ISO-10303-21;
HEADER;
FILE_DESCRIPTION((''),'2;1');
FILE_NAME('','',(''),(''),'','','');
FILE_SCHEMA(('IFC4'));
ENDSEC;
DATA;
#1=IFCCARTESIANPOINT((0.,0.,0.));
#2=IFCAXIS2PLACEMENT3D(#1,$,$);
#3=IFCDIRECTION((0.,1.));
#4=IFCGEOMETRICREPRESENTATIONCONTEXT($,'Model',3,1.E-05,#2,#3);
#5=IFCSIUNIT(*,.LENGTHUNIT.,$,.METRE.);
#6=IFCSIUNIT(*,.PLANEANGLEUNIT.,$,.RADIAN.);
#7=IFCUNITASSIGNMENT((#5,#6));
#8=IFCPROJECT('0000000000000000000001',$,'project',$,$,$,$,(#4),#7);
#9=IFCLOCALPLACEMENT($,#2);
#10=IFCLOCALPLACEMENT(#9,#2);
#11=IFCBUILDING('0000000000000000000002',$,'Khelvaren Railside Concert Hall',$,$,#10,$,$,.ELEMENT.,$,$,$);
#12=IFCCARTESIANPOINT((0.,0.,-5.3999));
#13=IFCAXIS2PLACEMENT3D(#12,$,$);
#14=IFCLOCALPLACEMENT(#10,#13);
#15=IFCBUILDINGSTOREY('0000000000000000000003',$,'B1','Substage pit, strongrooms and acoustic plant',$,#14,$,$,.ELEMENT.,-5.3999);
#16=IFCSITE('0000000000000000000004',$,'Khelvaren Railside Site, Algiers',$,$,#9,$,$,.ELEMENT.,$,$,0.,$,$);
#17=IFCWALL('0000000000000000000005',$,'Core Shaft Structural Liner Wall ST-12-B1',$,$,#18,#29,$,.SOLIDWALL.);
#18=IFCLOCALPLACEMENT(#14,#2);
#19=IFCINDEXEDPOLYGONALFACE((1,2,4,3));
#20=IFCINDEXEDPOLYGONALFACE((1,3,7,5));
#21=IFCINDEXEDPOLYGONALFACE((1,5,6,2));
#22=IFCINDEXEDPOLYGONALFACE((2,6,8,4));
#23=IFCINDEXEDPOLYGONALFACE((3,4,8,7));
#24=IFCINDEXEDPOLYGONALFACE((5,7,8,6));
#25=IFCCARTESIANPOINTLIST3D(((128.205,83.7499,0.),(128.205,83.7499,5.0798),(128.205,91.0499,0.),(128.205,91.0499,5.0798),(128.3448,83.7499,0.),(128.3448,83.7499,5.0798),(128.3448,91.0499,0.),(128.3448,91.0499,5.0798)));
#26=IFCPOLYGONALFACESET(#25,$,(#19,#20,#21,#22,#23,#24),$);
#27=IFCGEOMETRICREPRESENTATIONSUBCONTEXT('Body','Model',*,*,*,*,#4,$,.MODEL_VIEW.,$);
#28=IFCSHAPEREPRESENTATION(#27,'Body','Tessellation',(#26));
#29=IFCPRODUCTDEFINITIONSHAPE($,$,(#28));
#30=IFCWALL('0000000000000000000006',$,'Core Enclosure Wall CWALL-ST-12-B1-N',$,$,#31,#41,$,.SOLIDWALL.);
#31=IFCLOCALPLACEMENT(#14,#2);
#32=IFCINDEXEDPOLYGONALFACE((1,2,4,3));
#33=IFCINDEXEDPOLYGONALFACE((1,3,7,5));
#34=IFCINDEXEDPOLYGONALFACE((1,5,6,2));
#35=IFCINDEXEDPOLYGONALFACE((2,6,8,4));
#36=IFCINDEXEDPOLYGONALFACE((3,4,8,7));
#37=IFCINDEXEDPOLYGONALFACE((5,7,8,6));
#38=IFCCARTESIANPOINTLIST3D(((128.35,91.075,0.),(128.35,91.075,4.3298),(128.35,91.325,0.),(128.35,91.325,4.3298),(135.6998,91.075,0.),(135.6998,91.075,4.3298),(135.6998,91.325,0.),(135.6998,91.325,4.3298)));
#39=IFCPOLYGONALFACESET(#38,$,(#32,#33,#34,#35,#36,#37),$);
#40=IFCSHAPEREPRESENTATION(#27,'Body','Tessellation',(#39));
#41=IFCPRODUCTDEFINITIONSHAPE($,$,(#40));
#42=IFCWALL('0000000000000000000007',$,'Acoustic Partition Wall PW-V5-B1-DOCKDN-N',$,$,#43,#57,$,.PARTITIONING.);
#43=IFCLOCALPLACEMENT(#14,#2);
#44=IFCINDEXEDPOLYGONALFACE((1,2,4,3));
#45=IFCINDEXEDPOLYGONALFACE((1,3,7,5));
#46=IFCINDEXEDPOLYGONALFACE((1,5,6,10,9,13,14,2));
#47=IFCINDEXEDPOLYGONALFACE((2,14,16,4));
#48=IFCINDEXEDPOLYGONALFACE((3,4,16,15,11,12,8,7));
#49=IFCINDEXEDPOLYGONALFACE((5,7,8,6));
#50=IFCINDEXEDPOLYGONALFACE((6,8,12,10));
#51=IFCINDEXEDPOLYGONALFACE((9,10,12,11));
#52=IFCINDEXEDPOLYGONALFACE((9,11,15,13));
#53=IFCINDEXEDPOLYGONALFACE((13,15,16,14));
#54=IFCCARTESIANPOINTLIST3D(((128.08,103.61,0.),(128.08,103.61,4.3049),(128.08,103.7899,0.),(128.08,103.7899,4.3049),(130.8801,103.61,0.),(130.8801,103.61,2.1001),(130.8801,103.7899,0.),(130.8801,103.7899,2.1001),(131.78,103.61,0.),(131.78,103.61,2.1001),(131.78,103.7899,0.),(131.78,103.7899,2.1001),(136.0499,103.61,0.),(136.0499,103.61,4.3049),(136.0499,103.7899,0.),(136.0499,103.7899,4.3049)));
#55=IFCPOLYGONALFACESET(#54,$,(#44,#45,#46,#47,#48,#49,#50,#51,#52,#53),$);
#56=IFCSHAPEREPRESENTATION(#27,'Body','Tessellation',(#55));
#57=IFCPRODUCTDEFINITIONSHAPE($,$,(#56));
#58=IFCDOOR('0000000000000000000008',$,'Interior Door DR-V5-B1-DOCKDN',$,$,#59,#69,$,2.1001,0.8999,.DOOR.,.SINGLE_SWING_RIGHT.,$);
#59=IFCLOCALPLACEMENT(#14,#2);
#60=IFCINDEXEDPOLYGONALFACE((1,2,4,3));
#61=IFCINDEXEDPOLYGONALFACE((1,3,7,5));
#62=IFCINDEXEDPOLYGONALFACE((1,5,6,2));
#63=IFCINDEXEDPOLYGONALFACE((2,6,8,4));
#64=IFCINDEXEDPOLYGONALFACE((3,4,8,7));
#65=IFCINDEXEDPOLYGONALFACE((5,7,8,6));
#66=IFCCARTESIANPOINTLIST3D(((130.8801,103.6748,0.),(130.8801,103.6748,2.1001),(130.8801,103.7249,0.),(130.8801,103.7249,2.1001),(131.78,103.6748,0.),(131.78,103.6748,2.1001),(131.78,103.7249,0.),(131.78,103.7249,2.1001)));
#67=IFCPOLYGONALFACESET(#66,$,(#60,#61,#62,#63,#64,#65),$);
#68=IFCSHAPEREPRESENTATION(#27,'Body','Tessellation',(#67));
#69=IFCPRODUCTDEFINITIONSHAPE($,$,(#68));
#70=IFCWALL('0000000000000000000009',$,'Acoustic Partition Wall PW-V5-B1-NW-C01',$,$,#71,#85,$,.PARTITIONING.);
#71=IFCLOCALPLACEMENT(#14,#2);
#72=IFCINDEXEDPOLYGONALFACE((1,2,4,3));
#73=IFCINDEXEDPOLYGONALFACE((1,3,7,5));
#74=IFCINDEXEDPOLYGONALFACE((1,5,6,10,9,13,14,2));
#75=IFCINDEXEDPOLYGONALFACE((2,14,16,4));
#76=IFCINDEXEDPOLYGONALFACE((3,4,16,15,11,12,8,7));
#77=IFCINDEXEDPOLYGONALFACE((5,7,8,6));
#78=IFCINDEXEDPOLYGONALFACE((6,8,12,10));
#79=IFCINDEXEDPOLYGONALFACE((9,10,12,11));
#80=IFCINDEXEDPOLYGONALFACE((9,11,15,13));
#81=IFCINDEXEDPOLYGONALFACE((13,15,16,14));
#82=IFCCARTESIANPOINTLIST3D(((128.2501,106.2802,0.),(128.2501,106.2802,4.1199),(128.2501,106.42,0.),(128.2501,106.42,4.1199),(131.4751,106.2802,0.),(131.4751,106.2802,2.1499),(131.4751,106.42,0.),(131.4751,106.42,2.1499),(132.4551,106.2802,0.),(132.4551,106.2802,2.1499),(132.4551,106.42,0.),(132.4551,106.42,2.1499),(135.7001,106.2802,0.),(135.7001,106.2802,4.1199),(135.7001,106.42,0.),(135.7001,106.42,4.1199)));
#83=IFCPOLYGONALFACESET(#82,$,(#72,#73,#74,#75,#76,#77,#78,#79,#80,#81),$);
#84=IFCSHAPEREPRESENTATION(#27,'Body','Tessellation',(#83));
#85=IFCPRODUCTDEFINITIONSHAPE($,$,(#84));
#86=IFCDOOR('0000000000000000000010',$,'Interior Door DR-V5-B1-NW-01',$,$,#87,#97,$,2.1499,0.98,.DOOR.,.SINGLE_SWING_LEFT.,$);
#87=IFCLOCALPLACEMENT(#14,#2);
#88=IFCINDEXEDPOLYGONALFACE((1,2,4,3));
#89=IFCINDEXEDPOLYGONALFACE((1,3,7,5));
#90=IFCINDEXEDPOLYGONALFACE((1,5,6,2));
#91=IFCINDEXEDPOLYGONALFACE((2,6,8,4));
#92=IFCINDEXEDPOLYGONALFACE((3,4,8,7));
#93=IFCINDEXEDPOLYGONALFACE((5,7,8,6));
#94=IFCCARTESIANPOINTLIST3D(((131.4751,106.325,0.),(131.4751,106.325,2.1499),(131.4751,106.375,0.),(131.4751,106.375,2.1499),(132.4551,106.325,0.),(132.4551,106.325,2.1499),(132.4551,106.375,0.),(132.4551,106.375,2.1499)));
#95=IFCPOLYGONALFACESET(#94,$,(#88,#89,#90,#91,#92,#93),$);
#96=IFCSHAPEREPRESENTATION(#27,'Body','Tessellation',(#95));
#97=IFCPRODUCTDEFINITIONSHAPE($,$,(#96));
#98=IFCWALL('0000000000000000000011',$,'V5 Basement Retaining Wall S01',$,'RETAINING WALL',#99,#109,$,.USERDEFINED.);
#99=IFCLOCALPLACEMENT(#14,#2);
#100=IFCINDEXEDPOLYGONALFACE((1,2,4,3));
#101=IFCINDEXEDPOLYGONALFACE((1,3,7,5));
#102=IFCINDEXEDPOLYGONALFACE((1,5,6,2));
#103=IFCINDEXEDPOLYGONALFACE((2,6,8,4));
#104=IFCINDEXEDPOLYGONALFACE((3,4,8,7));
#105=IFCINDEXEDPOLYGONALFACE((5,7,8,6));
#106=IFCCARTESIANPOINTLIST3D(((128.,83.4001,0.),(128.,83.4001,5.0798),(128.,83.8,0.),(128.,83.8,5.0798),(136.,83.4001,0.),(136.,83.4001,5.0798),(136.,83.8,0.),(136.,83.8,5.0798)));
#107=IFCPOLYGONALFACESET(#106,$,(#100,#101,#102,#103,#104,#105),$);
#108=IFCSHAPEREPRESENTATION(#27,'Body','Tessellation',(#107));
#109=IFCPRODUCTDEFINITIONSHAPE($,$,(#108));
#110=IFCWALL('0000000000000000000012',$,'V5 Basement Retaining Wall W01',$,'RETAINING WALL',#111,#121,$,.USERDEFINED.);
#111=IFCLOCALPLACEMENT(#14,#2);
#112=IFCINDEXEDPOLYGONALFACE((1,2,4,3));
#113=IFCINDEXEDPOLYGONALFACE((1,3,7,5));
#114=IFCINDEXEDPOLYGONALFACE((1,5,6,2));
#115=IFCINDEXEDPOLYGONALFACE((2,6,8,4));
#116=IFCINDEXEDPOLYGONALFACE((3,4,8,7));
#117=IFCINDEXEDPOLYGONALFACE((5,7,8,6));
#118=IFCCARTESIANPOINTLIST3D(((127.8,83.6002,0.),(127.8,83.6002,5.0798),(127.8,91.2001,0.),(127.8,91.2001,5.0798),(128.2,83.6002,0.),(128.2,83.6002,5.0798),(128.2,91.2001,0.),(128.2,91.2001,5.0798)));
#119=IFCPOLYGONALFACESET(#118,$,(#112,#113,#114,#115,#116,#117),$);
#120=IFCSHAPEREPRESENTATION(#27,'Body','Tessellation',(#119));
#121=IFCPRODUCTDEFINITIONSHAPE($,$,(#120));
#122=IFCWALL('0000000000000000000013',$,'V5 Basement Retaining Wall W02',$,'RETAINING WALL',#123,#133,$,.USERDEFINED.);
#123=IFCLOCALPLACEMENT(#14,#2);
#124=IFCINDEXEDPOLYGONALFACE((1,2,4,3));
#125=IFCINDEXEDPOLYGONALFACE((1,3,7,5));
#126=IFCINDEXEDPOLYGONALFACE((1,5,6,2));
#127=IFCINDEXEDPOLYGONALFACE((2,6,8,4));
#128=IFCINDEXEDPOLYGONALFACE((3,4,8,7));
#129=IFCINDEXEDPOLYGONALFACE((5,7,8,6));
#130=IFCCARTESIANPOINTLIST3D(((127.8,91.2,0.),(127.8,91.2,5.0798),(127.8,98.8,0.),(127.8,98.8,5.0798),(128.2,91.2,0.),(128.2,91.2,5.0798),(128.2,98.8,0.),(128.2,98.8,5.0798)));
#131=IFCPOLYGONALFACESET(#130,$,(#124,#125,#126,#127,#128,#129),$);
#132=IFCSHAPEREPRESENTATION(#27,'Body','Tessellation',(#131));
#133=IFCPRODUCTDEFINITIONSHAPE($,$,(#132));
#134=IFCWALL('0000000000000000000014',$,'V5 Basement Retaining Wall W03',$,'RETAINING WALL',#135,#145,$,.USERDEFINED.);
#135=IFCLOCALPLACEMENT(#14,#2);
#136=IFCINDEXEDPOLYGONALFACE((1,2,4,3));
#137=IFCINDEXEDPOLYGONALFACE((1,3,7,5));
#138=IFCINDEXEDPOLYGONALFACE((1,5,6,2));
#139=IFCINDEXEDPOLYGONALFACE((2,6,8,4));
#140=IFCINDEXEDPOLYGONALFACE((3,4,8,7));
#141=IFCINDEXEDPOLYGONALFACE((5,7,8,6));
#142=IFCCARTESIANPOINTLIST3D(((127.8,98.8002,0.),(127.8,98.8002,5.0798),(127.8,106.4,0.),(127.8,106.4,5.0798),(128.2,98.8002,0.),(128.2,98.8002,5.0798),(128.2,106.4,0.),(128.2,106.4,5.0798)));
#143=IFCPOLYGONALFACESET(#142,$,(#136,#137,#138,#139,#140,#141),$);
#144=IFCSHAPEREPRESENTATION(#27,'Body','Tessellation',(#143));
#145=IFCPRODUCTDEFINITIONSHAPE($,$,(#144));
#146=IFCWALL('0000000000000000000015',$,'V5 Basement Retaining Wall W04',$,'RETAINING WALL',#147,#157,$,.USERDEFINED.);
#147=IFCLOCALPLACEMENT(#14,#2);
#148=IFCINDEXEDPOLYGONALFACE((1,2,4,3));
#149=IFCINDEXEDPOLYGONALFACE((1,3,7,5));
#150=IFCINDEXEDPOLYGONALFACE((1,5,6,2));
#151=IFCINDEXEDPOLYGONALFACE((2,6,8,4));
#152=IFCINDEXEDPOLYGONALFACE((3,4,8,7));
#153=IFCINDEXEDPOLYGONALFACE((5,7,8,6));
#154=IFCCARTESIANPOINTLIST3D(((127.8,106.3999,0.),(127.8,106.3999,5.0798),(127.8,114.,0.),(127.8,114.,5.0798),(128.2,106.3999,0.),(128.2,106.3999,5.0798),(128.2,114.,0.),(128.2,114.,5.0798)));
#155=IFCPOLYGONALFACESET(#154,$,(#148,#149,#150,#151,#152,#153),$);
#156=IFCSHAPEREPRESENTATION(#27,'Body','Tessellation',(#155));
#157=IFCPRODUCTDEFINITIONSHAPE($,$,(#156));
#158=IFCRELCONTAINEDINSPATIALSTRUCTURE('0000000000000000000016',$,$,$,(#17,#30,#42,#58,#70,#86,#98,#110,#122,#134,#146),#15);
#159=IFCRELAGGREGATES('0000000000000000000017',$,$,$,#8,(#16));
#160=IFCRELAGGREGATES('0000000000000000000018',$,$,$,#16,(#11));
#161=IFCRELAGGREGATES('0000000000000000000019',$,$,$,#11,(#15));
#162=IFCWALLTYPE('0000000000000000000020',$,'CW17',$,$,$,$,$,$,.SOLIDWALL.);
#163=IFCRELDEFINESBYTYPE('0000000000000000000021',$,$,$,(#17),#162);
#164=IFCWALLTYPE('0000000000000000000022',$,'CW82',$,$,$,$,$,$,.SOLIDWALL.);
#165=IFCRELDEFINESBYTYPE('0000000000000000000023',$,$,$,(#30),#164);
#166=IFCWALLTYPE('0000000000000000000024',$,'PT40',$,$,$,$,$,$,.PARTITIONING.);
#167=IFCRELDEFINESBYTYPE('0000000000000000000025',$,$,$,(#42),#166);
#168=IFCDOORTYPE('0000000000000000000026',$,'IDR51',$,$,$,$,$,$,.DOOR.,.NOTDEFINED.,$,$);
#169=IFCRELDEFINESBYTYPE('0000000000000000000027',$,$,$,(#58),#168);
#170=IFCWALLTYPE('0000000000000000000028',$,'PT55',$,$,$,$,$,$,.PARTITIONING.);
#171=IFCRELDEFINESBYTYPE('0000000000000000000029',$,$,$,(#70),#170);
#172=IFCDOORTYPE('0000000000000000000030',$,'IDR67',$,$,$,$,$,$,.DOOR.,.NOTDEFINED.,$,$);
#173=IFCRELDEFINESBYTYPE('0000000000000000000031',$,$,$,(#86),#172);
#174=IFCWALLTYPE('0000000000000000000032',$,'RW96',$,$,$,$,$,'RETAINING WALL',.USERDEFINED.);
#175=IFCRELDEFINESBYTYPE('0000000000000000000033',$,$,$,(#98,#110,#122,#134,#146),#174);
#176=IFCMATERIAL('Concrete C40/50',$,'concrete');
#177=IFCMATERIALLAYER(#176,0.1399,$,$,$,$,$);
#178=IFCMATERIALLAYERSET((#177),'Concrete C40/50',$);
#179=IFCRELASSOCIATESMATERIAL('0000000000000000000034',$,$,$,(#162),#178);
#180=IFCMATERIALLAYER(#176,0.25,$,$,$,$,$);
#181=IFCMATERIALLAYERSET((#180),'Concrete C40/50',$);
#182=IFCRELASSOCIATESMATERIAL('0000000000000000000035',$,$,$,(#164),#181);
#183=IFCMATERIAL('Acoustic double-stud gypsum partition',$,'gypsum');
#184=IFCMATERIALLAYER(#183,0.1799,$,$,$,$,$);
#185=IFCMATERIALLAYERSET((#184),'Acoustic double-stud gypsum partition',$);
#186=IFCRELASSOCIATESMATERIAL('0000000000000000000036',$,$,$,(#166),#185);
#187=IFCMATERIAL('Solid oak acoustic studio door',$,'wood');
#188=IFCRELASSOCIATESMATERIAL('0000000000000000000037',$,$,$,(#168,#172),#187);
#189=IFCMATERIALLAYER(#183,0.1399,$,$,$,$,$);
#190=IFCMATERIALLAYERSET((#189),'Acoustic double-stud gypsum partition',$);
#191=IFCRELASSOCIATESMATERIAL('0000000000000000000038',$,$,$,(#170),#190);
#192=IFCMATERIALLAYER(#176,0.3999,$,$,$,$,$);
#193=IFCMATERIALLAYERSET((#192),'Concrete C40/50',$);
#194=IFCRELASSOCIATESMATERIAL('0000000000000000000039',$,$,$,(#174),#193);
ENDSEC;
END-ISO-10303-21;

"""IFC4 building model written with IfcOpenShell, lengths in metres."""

from ifc_helpers import new_model, si_unit, direction, frame, frame_2d, origin, place, context, subcontext, project, spatial, rectangle, extrude, material, layer, layer_set, type_object, element, fill, save


model = new_model("IFC4")

# Units and contexts
model_context = context("Model", 3, precision=1e-05, world=origin(), true_north=direction((0.0, 1.0)))
body_context = subcontext(model_context, "Body", "Model", "MODEL_VIEW")
ifc_project = project(units=[si_unit("LENGTHUNIT", "METRE"), si_unit("PLANEANGLEUNIT", "RADIAN")], contexts=[model_context])

# Site, building, storey
site_placement = place(None, origin())
site = spatial("IfcSite", under=ifc_project, at=site_placement, Name="Khelvaren Railside Site, Algiers", CompositionType="ELEMENT", RefElevation=0.0)
building_placement = place(site_placement, origin())
building = spatial("IfcBuilding", under=site, at=building_placement, Name="Khelvaren Railside Concert Hall", CompositionType="ELEMENT")
storey_placement = place(building_placement, frame((0.0, 0.0, -5.3999)))
storey = spatial("IfcBuildingStorey", under=building, at=storey_placement, Name="B1", Description="Substage pit, strongrooms and acoustic plant", CompositionType="ELEMENT", Elevation=-5.3999)

# Walls
ifc_material_1 = material(Name="Concrete C40/50", Category="concrete")
ifc_layer_1 = layer(ifc_material_1, 0.1399)
ifc_layer_set_1 = layer_set([ifc_layer_1], Name="Concrete C40/50")
wall_type_1 = type_object("IfcWallType", Name="CW17", PredefinedType="SOLIDWALL", material=ifc_layer_set_1)
wall_1_placement = place(storey_placement, frame((128.2749, 83.75, 0.0), z_axis=(0.0, 0.0, 1.0), x_axis=(0.0, 1.0, 0.0)))
element("IfcWall", 1, at=wall_1_placement, inside=storey, type_object=wall_type_1, Name="Core Shaft Structural Liner Wall ST-12-B1", PredefinedType="SOLIDWALL", context=body_context, shape_type="SweptSolid", body=[
    extrude(rectangle(XDim=7.3, YDim=0.1399, at=frame_2d((3.6499, 0.0))), origin(), (0.0, 0.0, 1.0), 5.0798),
])
ifc_layer_2 = layer(ifc_material_1, 0.25)
ifc_layer_set_2 = layer_set([ifc_layer_2], Name="Concrete C40/50")
wall_type_2 = type_object("IfcWallType", Name="CW82", PredefinedType="SOLIDWALL", material=ifc_layer_set_2)
wall_2_placement = place(storey_placement, frame((128.3501, 91.2, 0.0), z_axis=(0.0, 0.0, 1.0), x_axis=(1.0, 0.0, 0.0)))
element("IfcWall", 2, at=wall_2_placement, inside=storey, type_object=wall_type_2, Name="Core Enclosure Wall CWALL-ST-12-B1-N", PredefinedType="SOLIDWALL", context=body_context, shape_type="SweptSolid", body=[
    extrude(rectangle(XDim=7.3499, YDim=0.25, at=frame_2d((3.6748, 0.0))), origin(), (0.0, 0.0, 1.0), 4.3298),
])

# Walls, openings, doors
ifc_material_2 = material(Name="Acoustic double-stud gypsum partition", Category="gypsum")
ifc_layer_3 = layer(ifc_material_2, 0.1799)
ifc_layer_set_3 = layer_set([ifc_layer_3], Name="Acoustic double-stud gypsum partition")
wall_type_3 = type_object("IfcWallType", Name="PT40", PredefinedType="PARTITIONING", material=ifc_layer_set_3)
wall_3_placement = place(storey_placement, frame((128.0801, 103.7, 0.0), z_axis=(0.0, 0.0, 1.0), x_axis=(1.0, 0.0, 0.0)))
wall_3 = element("IfcWall", 3, at=wall_3_placement, inside=storey, type_object=wall_type_3, Name="Acoustic Partition Wall PW-V5-B1-DOCKDN-N", PredefinedType="PARTITIONING", context=body_context, shape_type="SweptSolid", body=[
    extrude(rectangle(XDim=7.97, YDim=0.1799, at=frame_2d((3.9849, 0.0))), origin(), (0.0, 0.0, 1.0), 4.3049),
])
opening_1_placement = place(wall_3_placement, frame((2.8, 0.0, 0.0)))
opening_1 = element("IfcOpeningElement", 4, at=opening_1_placement, cuts=wall_3, PredefinedType="OPENING", context=body_context, shape_type="SweptSolid", body=[
    extrude(rectangle(XDim=0.8999, YDim=2.1001, at=frame_2d((0.45, 1.05))), frame((0.0, 0.0999, 0.0), z_axis=(0.0, -1.0, 0.0), x_axis=(1.0, 0.0, 0.0)), (0.0, 0.0, 1.0), 0.2),
])
ifc_material_3 = material(Name="Solid oak acoustic studio door", Category="wood")
door_type_1 = type_object("IfcDoorType", Name="IDR51", OperationType="NOTDEFINED", PredefinedType="DOOR", material=ifc_material_3)
door_1_placement = place(opening_1_placement, origin())
door_1 = element("IfcDoor", 5, at=door_1_placement, inside=storey, type_object=door_type_1, Name="Interior Door DR-V5-B1-DOCKDN", OperationType="SINGLE_SWING_RIGHT", OverallHeight=2.1001, OverallWidth=0.8999, PredefinedType="DOOR", context=body_context, shape_type="SweptSolid", body=[
    extrude(rectangle(XDim=0.8999, YDim=2.1001, at=frame_2d((0.45, 1.05))), frame((0.0, 0.0249, 0.0), z_axis=(0.0, -1.0, 0.0), x_axis=(1.0, 0.0, 0.0)), (0.0, 0.0, 1.0), 0.05),
])
fill(opening_1, door_1)
ifc_layer_4 = layer(ifc_material_2, 0.1399)
ifc_layer_set_4 = layer_set([ifc_layer_4], Name="Acoustic double-stud gypsum partition")
wall_type_4 = type_object("IfcWallType", Name="PT55", PredefinedType="PARTITIONING", material=ifc_layer_set_4)
wall_4_placement = place(storey_placement, frame((128.25, 106.3501, 0.0), z_axis=(0.0, 0.0, 1.0), x_axis=(1.0, 0.0, 0.0)))
wall_4 = element("IfcWall", 6, at=wall_4_placement, inside=storey, type_object=wall_type_4, Name="Acoustic Partition Wall PW-V5-B1-NW-C01", PredefinedType="PARTITIONING", context=body_context, shape_type="SweptSolid", body=[
    extrude(rectangle(XDim=7.45, YDim=0.1399, at=frame_2d((3.7251, 0.0))), origin(), (0.0, 0.0, 1.0), 4.1199),
])
opening_2_placement = place(wall_4_placement, frame((3.2251, 0.0, 0.0)))
opening_2 = element("IfcOpeningElement", 7, at=opening_2_placement, cuts=wall_4, PredefinedType="OPENING", context=body_context, shape_type="SweptSolid", body=[
    extrude(rectangle(XDim=0.98, YDim=2.1499, at=frame_2d((0.49, 1.075))), frame((0.0, 0.0798, 0.0), z_axis=(0.0, -1.0, 0.0), x_axis=(1.0, 0.0, 0.0)), (0.0, 0.0, 1.0), 0.1599),
])
door_type_2 = type_object("IfcDoorType", Name="IDR67", OperationType="NOTDEFINED", PredefinedType="DOOR", material=ifc_material_3)
door_2_placement = place(opening_2_placement, origin())
door_2 = element("IfcDoor", 8, at=door_2_placement, inside=storey, type_object=door_type_2, Name="Interior Door DR-V5-B1-NW-01", OperationType="SINGLE_SWING_LEFT", OverallHeight=2.1499, OverallWidth=0.98, PredefinedType="DOOR", context=body_context, shape_type="SweptSolid", body=[
    extrude(rectangle(XDim=0.98, YDim=2.1499, at=frame_2d((0.49, 1.075))), frame((0.0, 0.0249, 0.0), z_axis=(0.0, -1.0, 0.0), x_axis=(1.0, 0.0, 0.0)), (0.0, 0.0, 1.0), 0.05),
])
fill(opening_2, door_2)

# Walls
ifc_layer_5 = layer(ifc_material_1, 0.3999)
ifc_layer_set_5 = layer_set([ifc_layer_5], Name="Concrete C40/50")
wall_type_5 = type_object("IfcWallType", Name="RW96", ElementType="RETAINING WALL", PredefinedType="USERDEFINED", material=ifc_layer_set_5)
wall_5_placement = place(storey_placement, frame((128.0, 83.6001, 0.0), z_axis=(0.0, 0.0, 1.0), x_axis=(1.0, 0.0, 0.0)))
element("IfcWall", 9, at=wall_5_placement, inside=storey, type_object=wall_type_5, Name="V5 Basement Retaining Wall S01", ObjectType="RETAINING WALL", PredefinedType="USERDEFINED", context=body_context, shape_type="SweptSolid", body=[
    extrude(rectangle(XDim=8.0, YDim=0.3999, at=frame_2d((4.0, 0.0))), origin(), (0.0, 0.0, 1.0), 5.0798),
])
wall_6_placement = place(storey_placement, frame((128.0, 91.2, 0.0), z_axis=(0.0, 0.0, 1.0), x_axis=(0.0, -1.0, 0.0)))
element("IfcWall", 10, at=wall_6_placement, inside=storey, type_object=wall_type_5, Name="V5 Basement Retaining Wall W01", ObjectType="RETAINING WALL", PredefinedType="USERDEFINED", context=body_context, shape_type="SweptSolid", body=[
    extrude(rectangle(XDim=7.5999, YDim=0.3999, at=frame_2d((3.7998, 0.0))), origin(), (0.0, 0.0, 1.0), 5.0798),
])
wall_7_placement = place(storey_placement, frame((128.0, 98.8, 0.0), z_axis=(0.0, 0.0, 1.0), x_axis=(0.0, -1.0, 0.0)))
element("IfcWall", 11, at=wall_7_placement, inside=storey, type_object=wall_type_5, Name="V5 Basement Retaining Wall W02", ObjectType="RETAINING WALL", PredefinedType="USERDEFINED", context=body_context, shape_type="SweptSolid", body=[
    extrude(rectangle(XDim=7.6001, YDim=0.3999, at=frame_2d((3.8, 0.0))), origin(), (0.0, 0.0, 1.0), 5.0798),
])
wall_8_placement = place(storey_placement, frame((128.0, 106.3999, 0.0), z_axis=(0.0, 0.0, 1.0), x_axis=(0.0, -1.0, 0.0)))
element("IfcWall", 12, at=wall_8_placement, inside=storey, type_object=wall_type_5, Name="V5 Basement Retaining Wall W03", ObjectType="RETAINING WALL", PredefinedType="USERDEFINED", context=body_context, shape_type="SweptSolid", body=[
    extrude(rectangle(XDim=7.5999, YDim=0.3999, at=frame_2d((3.7998, 0.0))), origin(), (0.0, 0.0, 1.0), 5.0798),
])
wall_9_placement = place(storey_placement, frame((128.0, 114.0, 0.0), z_axis=(0.0, 0.0, 1.0), x_axis=(0.0, -1.0, 0.0)))
element("IfcWall", 13, at=wall_9_placement, inside=storey, type_object=wall_type_5, Name="V5 Basement Retaining Wall W04", ObjectType="RETAINING WALL", PredefinedType="USERDEFINED", context=body_context, shape_type="SweptSolid", body=[
    extrude(rectangle(XDim=7.6001, YDim=0.3999, at=frame_2d((3.8, 0.0))), origin(), (0.0, 0.0, 1.0), 5.0798),
])

save(model, "model.ifc")
